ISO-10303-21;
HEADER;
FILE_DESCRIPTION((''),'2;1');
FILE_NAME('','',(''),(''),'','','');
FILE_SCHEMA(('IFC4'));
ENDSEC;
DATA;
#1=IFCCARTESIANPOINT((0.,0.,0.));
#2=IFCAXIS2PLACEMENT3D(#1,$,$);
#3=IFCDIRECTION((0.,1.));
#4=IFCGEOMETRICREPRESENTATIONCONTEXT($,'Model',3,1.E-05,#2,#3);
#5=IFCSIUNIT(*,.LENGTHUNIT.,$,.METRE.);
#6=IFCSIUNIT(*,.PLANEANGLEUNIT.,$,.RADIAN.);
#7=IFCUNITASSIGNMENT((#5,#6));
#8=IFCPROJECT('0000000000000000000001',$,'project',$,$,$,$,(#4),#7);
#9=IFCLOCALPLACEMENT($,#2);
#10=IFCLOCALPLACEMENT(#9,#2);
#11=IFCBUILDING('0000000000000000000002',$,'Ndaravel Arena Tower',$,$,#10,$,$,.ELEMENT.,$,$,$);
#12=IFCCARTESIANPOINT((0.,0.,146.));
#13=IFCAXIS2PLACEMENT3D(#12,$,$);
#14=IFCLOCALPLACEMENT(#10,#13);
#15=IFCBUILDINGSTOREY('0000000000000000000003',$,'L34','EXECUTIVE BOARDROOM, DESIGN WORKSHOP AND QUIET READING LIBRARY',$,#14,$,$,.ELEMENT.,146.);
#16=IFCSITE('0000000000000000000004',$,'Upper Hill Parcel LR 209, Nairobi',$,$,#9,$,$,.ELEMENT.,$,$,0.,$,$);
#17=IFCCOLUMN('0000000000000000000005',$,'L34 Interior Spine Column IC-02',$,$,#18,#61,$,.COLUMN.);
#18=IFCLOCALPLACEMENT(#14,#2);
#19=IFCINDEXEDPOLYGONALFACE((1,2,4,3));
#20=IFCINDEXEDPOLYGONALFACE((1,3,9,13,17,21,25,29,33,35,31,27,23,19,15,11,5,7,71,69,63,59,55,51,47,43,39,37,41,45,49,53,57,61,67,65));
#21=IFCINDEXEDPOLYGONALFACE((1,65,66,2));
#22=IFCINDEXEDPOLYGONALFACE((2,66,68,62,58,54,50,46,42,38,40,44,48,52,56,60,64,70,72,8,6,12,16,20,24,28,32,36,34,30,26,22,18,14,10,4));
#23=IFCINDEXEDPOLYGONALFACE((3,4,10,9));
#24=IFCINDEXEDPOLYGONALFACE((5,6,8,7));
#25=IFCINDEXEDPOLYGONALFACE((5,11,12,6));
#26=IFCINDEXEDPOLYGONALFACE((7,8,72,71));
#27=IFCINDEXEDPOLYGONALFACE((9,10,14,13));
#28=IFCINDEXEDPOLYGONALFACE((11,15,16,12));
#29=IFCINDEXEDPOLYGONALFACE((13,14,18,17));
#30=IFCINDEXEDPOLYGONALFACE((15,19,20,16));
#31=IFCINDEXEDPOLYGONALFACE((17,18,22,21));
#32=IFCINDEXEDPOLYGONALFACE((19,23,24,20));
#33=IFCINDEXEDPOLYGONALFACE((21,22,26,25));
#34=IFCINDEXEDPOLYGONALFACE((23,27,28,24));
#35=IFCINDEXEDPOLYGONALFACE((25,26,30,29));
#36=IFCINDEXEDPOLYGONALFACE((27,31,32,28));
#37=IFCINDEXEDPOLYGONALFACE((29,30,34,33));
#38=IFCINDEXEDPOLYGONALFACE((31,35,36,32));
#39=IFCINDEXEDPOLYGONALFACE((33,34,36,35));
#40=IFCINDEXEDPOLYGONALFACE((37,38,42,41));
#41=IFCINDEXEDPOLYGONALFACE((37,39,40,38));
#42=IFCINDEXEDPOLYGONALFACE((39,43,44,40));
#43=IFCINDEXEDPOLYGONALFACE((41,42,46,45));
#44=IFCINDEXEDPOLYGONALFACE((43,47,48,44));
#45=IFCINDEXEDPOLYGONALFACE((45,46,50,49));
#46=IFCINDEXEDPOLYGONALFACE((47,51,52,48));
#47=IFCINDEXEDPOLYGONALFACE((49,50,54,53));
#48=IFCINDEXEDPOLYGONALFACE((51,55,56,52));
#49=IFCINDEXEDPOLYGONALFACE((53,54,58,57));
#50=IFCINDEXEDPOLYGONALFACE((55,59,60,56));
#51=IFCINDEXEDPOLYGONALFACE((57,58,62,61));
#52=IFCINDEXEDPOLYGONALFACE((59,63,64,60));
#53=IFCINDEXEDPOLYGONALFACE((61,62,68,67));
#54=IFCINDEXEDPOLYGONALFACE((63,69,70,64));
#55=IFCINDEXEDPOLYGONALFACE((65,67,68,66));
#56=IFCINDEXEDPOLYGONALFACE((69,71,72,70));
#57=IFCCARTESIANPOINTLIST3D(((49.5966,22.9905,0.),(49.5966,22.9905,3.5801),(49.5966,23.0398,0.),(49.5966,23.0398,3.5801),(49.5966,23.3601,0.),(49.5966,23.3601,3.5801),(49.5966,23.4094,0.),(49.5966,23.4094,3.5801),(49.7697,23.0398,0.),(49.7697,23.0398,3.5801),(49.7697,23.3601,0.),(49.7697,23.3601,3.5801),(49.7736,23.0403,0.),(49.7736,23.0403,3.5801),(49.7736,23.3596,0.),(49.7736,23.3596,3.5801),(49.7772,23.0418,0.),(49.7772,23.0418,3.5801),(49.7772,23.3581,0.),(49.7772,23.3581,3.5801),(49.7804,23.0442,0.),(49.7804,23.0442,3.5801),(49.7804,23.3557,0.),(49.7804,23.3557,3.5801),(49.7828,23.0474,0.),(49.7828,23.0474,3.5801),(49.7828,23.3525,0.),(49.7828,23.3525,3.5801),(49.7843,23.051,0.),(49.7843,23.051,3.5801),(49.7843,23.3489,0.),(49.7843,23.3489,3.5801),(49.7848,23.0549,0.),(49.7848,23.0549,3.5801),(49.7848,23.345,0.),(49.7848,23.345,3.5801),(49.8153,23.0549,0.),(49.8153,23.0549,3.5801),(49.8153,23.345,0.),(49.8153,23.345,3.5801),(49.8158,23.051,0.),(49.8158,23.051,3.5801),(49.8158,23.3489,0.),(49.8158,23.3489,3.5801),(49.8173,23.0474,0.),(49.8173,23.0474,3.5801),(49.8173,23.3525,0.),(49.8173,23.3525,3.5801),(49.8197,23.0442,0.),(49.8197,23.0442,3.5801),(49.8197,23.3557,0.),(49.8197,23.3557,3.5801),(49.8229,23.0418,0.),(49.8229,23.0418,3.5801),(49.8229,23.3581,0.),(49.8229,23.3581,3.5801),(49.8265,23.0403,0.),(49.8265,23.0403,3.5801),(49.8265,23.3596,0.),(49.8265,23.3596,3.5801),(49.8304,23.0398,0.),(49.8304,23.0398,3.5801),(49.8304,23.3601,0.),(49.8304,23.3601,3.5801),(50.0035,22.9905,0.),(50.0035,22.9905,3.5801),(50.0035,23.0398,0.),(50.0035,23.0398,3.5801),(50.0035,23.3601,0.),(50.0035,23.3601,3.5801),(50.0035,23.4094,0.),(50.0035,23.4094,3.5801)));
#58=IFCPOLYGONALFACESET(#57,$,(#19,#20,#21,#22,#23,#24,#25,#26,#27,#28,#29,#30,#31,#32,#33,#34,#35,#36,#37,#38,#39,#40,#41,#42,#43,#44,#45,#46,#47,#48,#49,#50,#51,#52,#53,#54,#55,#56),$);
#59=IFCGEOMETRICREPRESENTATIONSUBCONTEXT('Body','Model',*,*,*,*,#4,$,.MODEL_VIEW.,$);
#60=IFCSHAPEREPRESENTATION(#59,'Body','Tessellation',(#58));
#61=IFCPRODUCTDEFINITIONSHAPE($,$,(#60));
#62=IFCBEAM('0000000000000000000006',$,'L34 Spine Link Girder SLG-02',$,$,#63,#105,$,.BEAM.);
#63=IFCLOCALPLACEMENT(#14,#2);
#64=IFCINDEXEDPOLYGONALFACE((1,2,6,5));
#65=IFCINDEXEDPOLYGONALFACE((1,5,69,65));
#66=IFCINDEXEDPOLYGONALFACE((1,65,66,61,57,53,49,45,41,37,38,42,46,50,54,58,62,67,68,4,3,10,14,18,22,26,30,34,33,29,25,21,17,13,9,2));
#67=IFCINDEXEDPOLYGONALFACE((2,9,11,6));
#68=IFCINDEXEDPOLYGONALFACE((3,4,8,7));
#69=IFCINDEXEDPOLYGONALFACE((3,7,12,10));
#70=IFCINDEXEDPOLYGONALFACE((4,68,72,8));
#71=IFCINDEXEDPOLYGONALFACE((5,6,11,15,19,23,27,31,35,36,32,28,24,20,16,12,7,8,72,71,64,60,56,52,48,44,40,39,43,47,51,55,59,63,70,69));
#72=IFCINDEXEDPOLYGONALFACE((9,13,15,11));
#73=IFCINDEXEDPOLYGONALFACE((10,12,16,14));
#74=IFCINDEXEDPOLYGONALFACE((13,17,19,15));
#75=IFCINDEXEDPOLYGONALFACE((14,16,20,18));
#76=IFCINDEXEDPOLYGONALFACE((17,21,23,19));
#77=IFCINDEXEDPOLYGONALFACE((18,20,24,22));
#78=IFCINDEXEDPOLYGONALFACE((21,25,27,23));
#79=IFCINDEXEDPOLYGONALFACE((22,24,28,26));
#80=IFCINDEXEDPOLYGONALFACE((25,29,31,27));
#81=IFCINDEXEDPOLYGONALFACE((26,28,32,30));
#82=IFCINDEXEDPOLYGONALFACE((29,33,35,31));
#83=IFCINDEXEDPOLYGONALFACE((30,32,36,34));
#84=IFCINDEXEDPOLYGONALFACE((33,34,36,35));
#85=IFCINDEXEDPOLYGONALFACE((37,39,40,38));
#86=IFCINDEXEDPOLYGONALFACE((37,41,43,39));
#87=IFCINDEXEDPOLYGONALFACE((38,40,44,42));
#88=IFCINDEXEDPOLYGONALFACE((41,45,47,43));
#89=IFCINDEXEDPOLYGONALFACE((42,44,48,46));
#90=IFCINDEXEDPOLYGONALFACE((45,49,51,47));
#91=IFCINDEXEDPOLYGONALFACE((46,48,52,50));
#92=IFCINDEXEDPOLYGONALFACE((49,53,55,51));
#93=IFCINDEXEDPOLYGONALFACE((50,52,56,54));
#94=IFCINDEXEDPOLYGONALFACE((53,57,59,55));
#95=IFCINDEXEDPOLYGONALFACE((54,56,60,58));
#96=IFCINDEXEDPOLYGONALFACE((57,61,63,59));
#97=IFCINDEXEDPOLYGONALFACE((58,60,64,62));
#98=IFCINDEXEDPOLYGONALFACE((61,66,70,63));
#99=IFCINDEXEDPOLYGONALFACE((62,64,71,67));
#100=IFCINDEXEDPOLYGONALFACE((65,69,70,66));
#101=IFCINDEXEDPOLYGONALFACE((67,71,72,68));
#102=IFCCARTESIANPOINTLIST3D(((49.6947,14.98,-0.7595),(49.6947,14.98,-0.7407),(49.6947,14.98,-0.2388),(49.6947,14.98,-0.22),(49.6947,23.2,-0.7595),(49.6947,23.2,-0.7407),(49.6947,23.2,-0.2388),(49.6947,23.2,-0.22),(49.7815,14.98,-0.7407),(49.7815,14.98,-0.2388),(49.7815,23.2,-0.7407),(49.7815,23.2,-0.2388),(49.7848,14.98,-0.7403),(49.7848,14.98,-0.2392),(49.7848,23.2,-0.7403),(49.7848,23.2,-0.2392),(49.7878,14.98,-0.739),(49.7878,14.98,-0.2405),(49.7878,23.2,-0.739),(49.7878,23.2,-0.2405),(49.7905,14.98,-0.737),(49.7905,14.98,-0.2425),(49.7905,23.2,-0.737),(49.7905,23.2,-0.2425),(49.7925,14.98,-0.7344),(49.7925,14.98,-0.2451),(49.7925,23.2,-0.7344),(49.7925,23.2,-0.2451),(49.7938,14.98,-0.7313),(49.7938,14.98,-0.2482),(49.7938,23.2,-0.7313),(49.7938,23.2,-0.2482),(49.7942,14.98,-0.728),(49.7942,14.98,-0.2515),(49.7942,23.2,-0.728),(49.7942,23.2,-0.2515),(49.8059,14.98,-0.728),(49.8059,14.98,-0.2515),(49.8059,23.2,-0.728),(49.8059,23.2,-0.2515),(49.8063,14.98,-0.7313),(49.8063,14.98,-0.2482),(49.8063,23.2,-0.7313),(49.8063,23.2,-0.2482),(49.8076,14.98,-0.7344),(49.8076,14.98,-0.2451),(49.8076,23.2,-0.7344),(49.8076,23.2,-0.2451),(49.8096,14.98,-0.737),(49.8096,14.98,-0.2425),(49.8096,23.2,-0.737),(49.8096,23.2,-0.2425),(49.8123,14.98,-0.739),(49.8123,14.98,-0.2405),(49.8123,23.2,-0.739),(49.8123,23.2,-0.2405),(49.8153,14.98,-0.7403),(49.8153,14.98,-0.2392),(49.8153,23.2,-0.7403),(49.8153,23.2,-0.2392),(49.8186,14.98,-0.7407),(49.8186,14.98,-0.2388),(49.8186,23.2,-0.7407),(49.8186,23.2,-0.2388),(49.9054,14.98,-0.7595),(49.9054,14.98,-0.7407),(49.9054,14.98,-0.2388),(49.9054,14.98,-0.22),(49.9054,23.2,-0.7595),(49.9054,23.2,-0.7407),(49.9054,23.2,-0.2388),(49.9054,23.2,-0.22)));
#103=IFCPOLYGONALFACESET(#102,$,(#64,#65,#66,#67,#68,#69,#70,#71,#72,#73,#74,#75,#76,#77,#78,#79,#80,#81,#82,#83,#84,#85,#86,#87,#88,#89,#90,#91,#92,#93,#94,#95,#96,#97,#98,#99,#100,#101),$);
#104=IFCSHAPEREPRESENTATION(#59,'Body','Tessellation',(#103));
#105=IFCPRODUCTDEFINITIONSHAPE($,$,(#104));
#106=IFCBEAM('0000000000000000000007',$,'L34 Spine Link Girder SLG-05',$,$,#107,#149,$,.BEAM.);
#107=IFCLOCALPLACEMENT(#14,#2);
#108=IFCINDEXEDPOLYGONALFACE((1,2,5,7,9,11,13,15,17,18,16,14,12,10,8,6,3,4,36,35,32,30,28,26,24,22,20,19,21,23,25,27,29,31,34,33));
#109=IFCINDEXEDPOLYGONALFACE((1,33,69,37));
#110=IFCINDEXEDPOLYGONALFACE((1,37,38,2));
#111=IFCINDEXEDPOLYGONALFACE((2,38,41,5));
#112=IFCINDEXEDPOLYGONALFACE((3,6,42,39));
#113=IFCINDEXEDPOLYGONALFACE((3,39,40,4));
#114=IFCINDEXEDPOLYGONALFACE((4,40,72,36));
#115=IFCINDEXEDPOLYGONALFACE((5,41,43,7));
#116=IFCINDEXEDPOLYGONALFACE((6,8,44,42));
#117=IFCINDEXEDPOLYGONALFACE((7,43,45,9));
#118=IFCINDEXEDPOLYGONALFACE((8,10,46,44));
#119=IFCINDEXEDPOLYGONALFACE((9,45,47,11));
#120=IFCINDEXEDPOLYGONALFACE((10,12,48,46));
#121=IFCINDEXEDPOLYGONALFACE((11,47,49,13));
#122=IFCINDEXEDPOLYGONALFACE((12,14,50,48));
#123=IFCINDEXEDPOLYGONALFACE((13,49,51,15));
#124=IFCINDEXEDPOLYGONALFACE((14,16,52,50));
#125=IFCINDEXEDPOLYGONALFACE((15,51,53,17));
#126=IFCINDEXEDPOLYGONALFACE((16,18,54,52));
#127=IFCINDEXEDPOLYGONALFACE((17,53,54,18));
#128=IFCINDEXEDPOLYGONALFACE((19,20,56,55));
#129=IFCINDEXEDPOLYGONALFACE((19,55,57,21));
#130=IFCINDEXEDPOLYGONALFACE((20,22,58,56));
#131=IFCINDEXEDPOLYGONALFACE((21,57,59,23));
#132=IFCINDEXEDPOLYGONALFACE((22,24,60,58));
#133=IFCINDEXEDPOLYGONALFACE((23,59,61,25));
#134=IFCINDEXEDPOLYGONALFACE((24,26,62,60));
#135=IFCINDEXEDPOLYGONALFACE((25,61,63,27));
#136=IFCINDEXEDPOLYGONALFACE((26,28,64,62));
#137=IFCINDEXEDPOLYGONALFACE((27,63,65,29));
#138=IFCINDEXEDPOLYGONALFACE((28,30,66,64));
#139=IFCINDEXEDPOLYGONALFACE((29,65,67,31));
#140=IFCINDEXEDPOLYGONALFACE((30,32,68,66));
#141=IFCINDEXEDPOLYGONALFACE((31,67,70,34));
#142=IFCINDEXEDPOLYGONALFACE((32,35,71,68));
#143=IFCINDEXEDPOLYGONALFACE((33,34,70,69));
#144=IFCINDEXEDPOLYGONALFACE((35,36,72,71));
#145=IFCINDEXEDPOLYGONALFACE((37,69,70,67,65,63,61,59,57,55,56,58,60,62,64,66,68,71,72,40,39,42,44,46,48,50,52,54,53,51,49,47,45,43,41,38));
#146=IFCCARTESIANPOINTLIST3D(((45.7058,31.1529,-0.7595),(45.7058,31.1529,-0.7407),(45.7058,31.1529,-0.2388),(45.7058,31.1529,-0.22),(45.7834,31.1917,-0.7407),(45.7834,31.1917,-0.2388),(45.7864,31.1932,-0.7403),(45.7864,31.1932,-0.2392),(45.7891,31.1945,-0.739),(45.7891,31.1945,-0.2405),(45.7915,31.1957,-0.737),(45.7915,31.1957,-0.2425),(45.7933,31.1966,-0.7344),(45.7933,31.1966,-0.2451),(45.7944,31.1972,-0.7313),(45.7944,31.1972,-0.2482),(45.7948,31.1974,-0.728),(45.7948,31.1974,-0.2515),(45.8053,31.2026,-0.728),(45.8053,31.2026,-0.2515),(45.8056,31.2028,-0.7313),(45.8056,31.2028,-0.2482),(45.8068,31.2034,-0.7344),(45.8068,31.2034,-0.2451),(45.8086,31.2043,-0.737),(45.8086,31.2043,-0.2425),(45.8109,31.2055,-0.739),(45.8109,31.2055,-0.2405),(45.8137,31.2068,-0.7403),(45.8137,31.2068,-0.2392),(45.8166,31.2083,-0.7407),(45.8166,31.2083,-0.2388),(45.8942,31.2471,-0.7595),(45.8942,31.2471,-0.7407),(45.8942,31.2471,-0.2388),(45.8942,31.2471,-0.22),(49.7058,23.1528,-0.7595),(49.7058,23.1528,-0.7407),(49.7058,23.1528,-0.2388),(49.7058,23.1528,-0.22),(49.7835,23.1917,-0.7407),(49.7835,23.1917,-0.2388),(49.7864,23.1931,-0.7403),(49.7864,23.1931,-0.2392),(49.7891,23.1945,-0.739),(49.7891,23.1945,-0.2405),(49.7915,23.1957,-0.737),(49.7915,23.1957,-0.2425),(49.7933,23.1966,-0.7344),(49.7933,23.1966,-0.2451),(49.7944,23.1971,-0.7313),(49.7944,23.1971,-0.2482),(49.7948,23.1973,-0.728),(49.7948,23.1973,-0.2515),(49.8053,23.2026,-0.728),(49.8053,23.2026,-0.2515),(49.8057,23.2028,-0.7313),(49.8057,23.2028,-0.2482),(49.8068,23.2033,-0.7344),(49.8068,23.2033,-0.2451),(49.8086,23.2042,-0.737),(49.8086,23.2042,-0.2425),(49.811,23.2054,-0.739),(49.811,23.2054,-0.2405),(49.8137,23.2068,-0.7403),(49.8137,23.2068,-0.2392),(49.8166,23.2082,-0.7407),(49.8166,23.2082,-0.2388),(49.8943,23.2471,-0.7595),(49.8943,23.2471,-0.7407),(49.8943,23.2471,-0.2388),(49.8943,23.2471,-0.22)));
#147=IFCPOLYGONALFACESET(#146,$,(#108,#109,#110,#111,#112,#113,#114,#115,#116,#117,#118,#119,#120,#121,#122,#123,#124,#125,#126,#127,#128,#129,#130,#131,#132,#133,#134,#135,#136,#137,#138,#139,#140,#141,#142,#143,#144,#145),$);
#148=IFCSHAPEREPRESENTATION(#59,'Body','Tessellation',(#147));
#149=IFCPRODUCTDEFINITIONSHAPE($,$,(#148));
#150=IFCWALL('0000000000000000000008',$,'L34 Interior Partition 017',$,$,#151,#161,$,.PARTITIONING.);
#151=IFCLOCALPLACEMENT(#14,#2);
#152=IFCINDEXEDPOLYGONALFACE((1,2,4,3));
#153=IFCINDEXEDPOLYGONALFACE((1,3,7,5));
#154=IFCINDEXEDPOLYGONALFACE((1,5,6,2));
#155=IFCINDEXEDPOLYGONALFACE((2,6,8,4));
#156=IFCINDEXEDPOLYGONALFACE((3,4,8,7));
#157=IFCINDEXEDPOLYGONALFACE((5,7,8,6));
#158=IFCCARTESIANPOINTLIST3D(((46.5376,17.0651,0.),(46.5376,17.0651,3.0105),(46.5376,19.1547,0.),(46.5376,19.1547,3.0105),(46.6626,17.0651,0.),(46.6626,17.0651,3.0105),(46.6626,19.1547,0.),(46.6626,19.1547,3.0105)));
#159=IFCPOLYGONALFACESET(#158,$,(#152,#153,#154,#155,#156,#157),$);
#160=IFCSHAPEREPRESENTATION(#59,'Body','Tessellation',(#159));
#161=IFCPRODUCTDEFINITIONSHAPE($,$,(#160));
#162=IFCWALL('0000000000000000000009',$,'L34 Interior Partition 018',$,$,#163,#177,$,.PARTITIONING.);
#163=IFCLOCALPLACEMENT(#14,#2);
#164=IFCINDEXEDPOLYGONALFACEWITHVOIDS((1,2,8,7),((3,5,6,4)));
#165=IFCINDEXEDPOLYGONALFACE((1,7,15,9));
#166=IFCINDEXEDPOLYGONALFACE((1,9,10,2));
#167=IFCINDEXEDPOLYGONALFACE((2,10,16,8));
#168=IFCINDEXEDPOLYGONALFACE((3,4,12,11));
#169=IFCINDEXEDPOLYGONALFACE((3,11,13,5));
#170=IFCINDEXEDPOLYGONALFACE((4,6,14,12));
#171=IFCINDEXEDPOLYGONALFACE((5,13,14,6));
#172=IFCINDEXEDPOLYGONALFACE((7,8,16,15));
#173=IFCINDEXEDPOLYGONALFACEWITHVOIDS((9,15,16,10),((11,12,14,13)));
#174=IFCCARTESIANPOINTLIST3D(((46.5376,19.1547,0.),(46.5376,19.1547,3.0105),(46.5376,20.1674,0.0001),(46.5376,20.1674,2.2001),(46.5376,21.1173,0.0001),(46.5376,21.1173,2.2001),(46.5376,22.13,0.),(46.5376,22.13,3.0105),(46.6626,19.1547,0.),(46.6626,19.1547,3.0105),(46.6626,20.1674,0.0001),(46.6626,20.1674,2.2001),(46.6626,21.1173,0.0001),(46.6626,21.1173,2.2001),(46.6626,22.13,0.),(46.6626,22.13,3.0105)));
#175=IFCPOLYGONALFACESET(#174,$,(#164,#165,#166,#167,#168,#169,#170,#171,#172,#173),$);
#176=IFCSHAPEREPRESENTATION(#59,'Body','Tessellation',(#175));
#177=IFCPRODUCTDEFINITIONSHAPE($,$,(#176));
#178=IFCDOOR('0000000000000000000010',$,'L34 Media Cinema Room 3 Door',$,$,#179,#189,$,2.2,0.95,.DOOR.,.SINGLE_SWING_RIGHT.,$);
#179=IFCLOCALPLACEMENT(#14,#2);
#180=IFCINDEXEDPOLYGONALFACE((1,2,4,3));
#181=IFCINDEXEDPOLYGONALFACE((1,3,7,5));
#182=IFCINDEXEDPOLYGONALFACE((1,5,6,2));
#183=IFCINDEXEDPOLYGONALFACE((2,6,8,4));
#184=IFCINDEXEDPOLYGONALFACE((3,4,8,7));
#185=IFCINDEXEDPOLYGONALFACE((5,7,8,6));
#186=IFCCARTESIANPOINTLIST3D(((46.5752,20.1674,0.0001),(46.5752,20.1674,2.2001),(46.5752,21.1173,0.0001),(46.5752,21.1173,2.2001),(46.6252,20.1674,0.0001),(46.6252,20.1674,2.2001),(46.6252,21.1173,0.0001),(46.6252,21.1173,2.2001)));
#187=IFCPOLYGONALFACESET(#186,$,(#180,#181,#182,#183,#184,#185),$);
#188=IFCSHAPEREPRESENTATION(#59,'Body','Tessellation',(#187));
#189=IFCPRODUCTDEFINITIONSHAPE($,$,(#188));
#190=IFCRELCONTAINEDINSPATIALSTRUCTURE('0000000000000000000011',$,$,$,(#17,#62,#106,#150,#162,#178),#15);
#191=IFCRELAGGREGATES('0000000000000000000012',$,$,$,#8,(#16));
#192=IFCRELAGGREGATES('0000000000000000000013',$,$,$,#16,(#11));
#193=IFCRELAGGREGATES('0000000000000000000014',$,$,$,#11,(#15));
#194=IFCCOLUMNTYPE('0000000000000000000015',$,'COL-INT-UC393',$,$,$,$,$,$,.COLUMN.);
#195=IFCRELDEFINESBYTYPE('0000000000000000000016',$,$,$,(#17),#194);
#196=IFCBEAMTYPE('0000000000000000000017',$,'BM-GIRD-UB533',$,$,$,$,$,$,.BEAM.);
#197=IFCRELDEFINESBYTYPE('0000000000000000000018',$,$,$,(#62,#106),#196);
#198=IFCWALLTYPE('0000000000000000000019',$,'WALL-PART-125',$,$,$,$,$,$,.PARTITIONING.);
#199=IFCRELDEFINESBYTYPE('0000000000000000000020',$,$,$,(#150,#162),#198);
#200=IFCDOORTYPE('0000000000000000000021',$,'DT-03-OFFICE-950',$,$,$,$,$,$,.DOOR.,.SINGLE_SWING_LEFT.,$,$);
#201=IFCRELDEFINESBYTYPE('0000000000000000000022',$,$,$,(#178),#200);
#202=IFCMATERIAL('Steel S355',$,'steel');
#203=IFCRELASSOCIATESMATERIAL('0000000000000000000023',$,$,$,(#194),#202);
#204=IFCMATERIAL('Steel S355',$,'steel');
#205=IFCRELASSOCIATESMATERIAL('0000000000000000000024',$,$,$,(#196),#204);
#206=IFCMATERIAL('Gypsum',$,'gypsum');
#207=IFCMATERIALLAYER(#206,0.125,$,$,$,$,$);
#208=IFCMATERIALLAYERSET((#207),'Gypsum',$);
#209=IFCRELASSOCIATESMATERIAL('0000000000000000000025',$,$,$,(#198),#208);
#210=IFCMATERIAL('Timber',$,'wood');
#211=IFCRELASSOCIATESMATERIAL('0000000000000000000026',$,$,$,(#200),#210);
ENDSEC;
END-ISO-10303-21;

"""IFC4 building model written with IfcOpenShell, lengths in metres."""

from ifc_helpers import new_model, si_unit, direction, frame, frame_2d, origin, origin_2d, place, context, subcontext, project, spatial, rectangle, i_section, extrude, material, layer, layer_set, material_profile, profile_set, type_object, element, fill, save


model = new_model("IFC4")

# Units and contexts
model_context = context("Model", 3, precision=1e-05, world=origin(), true_north=direction((0.0, 1.0)))
body_context = subcontext(model_context, "Body", "Model", "MODEL_VIEW")
ifc_project = project(units=[si_unit("LENGTHUNIT", "METRE"), si_unit("PLANEANGLEUNIT", "RADIAN")], contexts=[model_context])

# Site, building, storey
site_placement = place(None, origin())
site = spatial("IfcSite", under=ifc_project, at=site_placement, Name="Upper Hill Parcel LR 209, Nairobi", CompositionType="ELEMENT", RefElevation=0.0)
building_placement = place(site_placement, origin())
building = spatial("IfcBuilding", under=site, at=building_placement, Name="Ndaravel Arena Tower", CompositionType="ELEMENT")
storey_placement = place(building_placement, frame((0.0, 0.0, 146.0)))
storey = spatial("IfcBuildingStorey", under=building, at=storey_placement, Name="L34", Description="EXECUTIVE BOARDROOM, DESIGN WORKSHOP AND QUIET READING LIBRARY", CompositionType="ELEMENT", Elevation=146.0)

# Column
ifc_material_1 = material(Name="Steel S355", Category="steel")
ifc_material_profile_1 = material_profile(ifc_material_1, i_section(OverallWidth=0.407, OverallDepth=0.4189, WebThickness=0.0305, FlangeThickness=0.0493, FilletRadius=0.0151, at=origin_2d()), Name="UC 356x406x393")
ifc_profile_set_1 = profile_set([ifc_material_profile_1], Name="Steel S355")
column_type = type_object("IfcColumnType", Name="COL-INT-UC393", PredefinedType="COLUMN", material=ifc_profile_set_1)
column_placement = place(storey_placement, frame((49.8, 23.2, 0.0), z_axis=(0.0, 0.0, 1.0), x_axis=(1.0, 0.0, 0.0)))
element("IfcColumn", 1, at=column_placement, inside=storey, type_object=column_type, Name="L34 Interior Spine Column IC-02", PredefinedType="COLUMN", context=body_context, shape_type="SweptSolid", body=[
    extrude(i_section(OverallWidth=0.407, OverallDepth=0.4189, WebThickness=0.0305, FlangeThickness=0.0493, FilletRadius=0.0151, at=origin_2d()), origin(), (0.0, 0.0, 1.0), 3.5801),
])

# Beams
ifc_material_2 = material(Name="Steel S355", Category="steel")
ifc_material_profile_2 = material_profile(ifc_material_2, i_section(OverallWidth=0.2107, OverallDepth=0.5396, WebThickness=0.0117, FlangeThickness=0.0188, FilletRadius=0.0127, at=origin_2d()), Name="UB 533x210x109")
ifc_profile_set_2 = profile_set([ifc_material_profile_2], Name="Steel S355")
beam_type = type_object("IfcBeamType", Name="BM-GIRD-UB533", PredefinedType="BEAM", material=ifc_profile_set_2)
beam_1_placement = place(storey_placement, frame((49.8, 14.98, -0.4897), z_axis=(0.0, 1.0, 0.0), x_axis=(-1.0, 0.0, 0.0)))
element("IfcBeam", 2, at=beam_1_placement, inside=storey, type_object=beam_type, Name="L34 Spine Link Girder SLG-02", PredefinedType="BEAM", context=body_context, shape_type="SweptSolid", body=[
    extrude(i_section(OverallWidth=0.2107, OverallDepth=0.5396, WebThickness=0.0117, FlangeThickness=0.0188, FilletRadius=0.0127, at=origin_2d()), origin(), (0.0, 0.0, 1.0), 8.22),
])
beam_2_placement = place(storey_placement, frame((49.8, 23.2, -0.4897), z_axis=(-0.447214, 0.894427, 0.0), x_axis=(-0.894427, -0.447214, 0.0)))
element("IfcBeam", 3, at=beam_2_placement, inside=storey, type_object=beam_type, Name="L34 Spine Link Girder SLG-05", PredefinedType="BEAM", context=body_context, shape_type="SweptSolid", body=[
    extrude(i_section(OverallWidth=0.2107, OverallDepth=0.5396, WebThickness=0.0117, FlangeThickness=0.0188, FilletRadius=0.0127, at=origin_2d()), origin(), (0.0, 0.0, 1.0), 8.9443),
])

# Wall
ifc_material_3 = material(Name="Gypsum", Category="gypsum")
ifc_layer_1 = layer(ifc_material_3, 0.125)
ifc_layer_set_1 = layer_set([ifc_layer_1], Name="Gypsum")
wall_type_1 = type_object("IfcWallType", Name="WALL-PART-125", PredefinedType="PARTITIONING", material=ifc_layer_set_1)
wall_1_placement = place(storey_placement, frame((46.6001, 17.0649, 0.0), z_axis=(0.0, 0.0, 1.0), x_axis=(0.0, 1.0, 0.0)))
element("IfcWall", 4, at=wall_1_placement, inside=storey, type_object=wall_type_1, Name="L34 Interior Partition 017", PredefinedType="PARTITIONING", context=body_context, shape_type="SweptSolid", body=[
    extrude(rectangle(XDim=2.0896, YDim=0.125, at=frame_2d((1.0449, 0.0))), origin(), (0.0, 0.0, 1.0), 3.0105),
])

# Wall, opening, door
wall_2_placement = place(storey_placement, frame((46.6001, 19.1545, 0.0), z_axis=(0.0, 0.0, 1.0), x_axis=(0.0, 1.0, 0.0)))
wall_2 = element("IfcWall", 5, at=wall_2_placement, inside=storey, type_object=wall_type_1, Name="L34 Interior Partition 018", PredefinedType="PARTITIONING", context=body_context, shape_type="SweptSolid", body=[
    extrude(rectangle(XDim=2.9753, YDim=0.125, at=frame_2d((1.4878, 0.0))), origin(), (0.0, 0.0, 1.0), 3.0105),
])
opening_1_placement = place(wall_2_placement, frame((1.0127, 0.0, 0.0)))
opening_1 = element("IfcOpeningElement", 6, at=opening_1_placement, cuts=wall_2, PredefinedType="OPENING", context=body_context, shape_type="SweptSolid", body=[
    extrude(rectangle(XDim=0.95, YDim=2.2, at=frame_2d((0.4751, 1.1001))), frame((0.0, 0.0625, 0.0), z_axis=(0.0, -1.0, 0.0), x_axis=(1.0, 0.0, 0.0)), (0.0, 0.0, 1.0), 0.125),
])
ifc_material_4 = material(Name="Timber", Category="wood")
door_type_1 = type_object("IfcDoorType", Name="DT-03-OFFICE-950", OperationType="SINGLE_SWING_LEFT", PredefinedType="DOOR", material=ifc_material_4)
door_1_placement = place(opening_1_placement, origin())
door_1 = element("IfcDoor", 7, at=door_1_placement, inside=storey, type_object=door_type_1, Name="L34 Media Cinema Room 3 Door", OperationType="SINGLE_SWING_RIGHT", OverallHeight=2.2, OverallWidth=0.95, PredefinedType="DOOR", context=body_context, shape_type="SweptSolid", body=[
    extrude(rectangle(XDim=0.95, YDim=2.2, at=frame_2d((0.4751, 1.1001))), frame((0.0, 0.0249, 0.0), z_axis=(0.0, -1.0, 0.0), x_axis=(1.0, 0.0, 0.0)), (0.0, 0.0, 1.0), 0.05),
])
fill(opening_1, door_1)

save(model, "model.ifc")
